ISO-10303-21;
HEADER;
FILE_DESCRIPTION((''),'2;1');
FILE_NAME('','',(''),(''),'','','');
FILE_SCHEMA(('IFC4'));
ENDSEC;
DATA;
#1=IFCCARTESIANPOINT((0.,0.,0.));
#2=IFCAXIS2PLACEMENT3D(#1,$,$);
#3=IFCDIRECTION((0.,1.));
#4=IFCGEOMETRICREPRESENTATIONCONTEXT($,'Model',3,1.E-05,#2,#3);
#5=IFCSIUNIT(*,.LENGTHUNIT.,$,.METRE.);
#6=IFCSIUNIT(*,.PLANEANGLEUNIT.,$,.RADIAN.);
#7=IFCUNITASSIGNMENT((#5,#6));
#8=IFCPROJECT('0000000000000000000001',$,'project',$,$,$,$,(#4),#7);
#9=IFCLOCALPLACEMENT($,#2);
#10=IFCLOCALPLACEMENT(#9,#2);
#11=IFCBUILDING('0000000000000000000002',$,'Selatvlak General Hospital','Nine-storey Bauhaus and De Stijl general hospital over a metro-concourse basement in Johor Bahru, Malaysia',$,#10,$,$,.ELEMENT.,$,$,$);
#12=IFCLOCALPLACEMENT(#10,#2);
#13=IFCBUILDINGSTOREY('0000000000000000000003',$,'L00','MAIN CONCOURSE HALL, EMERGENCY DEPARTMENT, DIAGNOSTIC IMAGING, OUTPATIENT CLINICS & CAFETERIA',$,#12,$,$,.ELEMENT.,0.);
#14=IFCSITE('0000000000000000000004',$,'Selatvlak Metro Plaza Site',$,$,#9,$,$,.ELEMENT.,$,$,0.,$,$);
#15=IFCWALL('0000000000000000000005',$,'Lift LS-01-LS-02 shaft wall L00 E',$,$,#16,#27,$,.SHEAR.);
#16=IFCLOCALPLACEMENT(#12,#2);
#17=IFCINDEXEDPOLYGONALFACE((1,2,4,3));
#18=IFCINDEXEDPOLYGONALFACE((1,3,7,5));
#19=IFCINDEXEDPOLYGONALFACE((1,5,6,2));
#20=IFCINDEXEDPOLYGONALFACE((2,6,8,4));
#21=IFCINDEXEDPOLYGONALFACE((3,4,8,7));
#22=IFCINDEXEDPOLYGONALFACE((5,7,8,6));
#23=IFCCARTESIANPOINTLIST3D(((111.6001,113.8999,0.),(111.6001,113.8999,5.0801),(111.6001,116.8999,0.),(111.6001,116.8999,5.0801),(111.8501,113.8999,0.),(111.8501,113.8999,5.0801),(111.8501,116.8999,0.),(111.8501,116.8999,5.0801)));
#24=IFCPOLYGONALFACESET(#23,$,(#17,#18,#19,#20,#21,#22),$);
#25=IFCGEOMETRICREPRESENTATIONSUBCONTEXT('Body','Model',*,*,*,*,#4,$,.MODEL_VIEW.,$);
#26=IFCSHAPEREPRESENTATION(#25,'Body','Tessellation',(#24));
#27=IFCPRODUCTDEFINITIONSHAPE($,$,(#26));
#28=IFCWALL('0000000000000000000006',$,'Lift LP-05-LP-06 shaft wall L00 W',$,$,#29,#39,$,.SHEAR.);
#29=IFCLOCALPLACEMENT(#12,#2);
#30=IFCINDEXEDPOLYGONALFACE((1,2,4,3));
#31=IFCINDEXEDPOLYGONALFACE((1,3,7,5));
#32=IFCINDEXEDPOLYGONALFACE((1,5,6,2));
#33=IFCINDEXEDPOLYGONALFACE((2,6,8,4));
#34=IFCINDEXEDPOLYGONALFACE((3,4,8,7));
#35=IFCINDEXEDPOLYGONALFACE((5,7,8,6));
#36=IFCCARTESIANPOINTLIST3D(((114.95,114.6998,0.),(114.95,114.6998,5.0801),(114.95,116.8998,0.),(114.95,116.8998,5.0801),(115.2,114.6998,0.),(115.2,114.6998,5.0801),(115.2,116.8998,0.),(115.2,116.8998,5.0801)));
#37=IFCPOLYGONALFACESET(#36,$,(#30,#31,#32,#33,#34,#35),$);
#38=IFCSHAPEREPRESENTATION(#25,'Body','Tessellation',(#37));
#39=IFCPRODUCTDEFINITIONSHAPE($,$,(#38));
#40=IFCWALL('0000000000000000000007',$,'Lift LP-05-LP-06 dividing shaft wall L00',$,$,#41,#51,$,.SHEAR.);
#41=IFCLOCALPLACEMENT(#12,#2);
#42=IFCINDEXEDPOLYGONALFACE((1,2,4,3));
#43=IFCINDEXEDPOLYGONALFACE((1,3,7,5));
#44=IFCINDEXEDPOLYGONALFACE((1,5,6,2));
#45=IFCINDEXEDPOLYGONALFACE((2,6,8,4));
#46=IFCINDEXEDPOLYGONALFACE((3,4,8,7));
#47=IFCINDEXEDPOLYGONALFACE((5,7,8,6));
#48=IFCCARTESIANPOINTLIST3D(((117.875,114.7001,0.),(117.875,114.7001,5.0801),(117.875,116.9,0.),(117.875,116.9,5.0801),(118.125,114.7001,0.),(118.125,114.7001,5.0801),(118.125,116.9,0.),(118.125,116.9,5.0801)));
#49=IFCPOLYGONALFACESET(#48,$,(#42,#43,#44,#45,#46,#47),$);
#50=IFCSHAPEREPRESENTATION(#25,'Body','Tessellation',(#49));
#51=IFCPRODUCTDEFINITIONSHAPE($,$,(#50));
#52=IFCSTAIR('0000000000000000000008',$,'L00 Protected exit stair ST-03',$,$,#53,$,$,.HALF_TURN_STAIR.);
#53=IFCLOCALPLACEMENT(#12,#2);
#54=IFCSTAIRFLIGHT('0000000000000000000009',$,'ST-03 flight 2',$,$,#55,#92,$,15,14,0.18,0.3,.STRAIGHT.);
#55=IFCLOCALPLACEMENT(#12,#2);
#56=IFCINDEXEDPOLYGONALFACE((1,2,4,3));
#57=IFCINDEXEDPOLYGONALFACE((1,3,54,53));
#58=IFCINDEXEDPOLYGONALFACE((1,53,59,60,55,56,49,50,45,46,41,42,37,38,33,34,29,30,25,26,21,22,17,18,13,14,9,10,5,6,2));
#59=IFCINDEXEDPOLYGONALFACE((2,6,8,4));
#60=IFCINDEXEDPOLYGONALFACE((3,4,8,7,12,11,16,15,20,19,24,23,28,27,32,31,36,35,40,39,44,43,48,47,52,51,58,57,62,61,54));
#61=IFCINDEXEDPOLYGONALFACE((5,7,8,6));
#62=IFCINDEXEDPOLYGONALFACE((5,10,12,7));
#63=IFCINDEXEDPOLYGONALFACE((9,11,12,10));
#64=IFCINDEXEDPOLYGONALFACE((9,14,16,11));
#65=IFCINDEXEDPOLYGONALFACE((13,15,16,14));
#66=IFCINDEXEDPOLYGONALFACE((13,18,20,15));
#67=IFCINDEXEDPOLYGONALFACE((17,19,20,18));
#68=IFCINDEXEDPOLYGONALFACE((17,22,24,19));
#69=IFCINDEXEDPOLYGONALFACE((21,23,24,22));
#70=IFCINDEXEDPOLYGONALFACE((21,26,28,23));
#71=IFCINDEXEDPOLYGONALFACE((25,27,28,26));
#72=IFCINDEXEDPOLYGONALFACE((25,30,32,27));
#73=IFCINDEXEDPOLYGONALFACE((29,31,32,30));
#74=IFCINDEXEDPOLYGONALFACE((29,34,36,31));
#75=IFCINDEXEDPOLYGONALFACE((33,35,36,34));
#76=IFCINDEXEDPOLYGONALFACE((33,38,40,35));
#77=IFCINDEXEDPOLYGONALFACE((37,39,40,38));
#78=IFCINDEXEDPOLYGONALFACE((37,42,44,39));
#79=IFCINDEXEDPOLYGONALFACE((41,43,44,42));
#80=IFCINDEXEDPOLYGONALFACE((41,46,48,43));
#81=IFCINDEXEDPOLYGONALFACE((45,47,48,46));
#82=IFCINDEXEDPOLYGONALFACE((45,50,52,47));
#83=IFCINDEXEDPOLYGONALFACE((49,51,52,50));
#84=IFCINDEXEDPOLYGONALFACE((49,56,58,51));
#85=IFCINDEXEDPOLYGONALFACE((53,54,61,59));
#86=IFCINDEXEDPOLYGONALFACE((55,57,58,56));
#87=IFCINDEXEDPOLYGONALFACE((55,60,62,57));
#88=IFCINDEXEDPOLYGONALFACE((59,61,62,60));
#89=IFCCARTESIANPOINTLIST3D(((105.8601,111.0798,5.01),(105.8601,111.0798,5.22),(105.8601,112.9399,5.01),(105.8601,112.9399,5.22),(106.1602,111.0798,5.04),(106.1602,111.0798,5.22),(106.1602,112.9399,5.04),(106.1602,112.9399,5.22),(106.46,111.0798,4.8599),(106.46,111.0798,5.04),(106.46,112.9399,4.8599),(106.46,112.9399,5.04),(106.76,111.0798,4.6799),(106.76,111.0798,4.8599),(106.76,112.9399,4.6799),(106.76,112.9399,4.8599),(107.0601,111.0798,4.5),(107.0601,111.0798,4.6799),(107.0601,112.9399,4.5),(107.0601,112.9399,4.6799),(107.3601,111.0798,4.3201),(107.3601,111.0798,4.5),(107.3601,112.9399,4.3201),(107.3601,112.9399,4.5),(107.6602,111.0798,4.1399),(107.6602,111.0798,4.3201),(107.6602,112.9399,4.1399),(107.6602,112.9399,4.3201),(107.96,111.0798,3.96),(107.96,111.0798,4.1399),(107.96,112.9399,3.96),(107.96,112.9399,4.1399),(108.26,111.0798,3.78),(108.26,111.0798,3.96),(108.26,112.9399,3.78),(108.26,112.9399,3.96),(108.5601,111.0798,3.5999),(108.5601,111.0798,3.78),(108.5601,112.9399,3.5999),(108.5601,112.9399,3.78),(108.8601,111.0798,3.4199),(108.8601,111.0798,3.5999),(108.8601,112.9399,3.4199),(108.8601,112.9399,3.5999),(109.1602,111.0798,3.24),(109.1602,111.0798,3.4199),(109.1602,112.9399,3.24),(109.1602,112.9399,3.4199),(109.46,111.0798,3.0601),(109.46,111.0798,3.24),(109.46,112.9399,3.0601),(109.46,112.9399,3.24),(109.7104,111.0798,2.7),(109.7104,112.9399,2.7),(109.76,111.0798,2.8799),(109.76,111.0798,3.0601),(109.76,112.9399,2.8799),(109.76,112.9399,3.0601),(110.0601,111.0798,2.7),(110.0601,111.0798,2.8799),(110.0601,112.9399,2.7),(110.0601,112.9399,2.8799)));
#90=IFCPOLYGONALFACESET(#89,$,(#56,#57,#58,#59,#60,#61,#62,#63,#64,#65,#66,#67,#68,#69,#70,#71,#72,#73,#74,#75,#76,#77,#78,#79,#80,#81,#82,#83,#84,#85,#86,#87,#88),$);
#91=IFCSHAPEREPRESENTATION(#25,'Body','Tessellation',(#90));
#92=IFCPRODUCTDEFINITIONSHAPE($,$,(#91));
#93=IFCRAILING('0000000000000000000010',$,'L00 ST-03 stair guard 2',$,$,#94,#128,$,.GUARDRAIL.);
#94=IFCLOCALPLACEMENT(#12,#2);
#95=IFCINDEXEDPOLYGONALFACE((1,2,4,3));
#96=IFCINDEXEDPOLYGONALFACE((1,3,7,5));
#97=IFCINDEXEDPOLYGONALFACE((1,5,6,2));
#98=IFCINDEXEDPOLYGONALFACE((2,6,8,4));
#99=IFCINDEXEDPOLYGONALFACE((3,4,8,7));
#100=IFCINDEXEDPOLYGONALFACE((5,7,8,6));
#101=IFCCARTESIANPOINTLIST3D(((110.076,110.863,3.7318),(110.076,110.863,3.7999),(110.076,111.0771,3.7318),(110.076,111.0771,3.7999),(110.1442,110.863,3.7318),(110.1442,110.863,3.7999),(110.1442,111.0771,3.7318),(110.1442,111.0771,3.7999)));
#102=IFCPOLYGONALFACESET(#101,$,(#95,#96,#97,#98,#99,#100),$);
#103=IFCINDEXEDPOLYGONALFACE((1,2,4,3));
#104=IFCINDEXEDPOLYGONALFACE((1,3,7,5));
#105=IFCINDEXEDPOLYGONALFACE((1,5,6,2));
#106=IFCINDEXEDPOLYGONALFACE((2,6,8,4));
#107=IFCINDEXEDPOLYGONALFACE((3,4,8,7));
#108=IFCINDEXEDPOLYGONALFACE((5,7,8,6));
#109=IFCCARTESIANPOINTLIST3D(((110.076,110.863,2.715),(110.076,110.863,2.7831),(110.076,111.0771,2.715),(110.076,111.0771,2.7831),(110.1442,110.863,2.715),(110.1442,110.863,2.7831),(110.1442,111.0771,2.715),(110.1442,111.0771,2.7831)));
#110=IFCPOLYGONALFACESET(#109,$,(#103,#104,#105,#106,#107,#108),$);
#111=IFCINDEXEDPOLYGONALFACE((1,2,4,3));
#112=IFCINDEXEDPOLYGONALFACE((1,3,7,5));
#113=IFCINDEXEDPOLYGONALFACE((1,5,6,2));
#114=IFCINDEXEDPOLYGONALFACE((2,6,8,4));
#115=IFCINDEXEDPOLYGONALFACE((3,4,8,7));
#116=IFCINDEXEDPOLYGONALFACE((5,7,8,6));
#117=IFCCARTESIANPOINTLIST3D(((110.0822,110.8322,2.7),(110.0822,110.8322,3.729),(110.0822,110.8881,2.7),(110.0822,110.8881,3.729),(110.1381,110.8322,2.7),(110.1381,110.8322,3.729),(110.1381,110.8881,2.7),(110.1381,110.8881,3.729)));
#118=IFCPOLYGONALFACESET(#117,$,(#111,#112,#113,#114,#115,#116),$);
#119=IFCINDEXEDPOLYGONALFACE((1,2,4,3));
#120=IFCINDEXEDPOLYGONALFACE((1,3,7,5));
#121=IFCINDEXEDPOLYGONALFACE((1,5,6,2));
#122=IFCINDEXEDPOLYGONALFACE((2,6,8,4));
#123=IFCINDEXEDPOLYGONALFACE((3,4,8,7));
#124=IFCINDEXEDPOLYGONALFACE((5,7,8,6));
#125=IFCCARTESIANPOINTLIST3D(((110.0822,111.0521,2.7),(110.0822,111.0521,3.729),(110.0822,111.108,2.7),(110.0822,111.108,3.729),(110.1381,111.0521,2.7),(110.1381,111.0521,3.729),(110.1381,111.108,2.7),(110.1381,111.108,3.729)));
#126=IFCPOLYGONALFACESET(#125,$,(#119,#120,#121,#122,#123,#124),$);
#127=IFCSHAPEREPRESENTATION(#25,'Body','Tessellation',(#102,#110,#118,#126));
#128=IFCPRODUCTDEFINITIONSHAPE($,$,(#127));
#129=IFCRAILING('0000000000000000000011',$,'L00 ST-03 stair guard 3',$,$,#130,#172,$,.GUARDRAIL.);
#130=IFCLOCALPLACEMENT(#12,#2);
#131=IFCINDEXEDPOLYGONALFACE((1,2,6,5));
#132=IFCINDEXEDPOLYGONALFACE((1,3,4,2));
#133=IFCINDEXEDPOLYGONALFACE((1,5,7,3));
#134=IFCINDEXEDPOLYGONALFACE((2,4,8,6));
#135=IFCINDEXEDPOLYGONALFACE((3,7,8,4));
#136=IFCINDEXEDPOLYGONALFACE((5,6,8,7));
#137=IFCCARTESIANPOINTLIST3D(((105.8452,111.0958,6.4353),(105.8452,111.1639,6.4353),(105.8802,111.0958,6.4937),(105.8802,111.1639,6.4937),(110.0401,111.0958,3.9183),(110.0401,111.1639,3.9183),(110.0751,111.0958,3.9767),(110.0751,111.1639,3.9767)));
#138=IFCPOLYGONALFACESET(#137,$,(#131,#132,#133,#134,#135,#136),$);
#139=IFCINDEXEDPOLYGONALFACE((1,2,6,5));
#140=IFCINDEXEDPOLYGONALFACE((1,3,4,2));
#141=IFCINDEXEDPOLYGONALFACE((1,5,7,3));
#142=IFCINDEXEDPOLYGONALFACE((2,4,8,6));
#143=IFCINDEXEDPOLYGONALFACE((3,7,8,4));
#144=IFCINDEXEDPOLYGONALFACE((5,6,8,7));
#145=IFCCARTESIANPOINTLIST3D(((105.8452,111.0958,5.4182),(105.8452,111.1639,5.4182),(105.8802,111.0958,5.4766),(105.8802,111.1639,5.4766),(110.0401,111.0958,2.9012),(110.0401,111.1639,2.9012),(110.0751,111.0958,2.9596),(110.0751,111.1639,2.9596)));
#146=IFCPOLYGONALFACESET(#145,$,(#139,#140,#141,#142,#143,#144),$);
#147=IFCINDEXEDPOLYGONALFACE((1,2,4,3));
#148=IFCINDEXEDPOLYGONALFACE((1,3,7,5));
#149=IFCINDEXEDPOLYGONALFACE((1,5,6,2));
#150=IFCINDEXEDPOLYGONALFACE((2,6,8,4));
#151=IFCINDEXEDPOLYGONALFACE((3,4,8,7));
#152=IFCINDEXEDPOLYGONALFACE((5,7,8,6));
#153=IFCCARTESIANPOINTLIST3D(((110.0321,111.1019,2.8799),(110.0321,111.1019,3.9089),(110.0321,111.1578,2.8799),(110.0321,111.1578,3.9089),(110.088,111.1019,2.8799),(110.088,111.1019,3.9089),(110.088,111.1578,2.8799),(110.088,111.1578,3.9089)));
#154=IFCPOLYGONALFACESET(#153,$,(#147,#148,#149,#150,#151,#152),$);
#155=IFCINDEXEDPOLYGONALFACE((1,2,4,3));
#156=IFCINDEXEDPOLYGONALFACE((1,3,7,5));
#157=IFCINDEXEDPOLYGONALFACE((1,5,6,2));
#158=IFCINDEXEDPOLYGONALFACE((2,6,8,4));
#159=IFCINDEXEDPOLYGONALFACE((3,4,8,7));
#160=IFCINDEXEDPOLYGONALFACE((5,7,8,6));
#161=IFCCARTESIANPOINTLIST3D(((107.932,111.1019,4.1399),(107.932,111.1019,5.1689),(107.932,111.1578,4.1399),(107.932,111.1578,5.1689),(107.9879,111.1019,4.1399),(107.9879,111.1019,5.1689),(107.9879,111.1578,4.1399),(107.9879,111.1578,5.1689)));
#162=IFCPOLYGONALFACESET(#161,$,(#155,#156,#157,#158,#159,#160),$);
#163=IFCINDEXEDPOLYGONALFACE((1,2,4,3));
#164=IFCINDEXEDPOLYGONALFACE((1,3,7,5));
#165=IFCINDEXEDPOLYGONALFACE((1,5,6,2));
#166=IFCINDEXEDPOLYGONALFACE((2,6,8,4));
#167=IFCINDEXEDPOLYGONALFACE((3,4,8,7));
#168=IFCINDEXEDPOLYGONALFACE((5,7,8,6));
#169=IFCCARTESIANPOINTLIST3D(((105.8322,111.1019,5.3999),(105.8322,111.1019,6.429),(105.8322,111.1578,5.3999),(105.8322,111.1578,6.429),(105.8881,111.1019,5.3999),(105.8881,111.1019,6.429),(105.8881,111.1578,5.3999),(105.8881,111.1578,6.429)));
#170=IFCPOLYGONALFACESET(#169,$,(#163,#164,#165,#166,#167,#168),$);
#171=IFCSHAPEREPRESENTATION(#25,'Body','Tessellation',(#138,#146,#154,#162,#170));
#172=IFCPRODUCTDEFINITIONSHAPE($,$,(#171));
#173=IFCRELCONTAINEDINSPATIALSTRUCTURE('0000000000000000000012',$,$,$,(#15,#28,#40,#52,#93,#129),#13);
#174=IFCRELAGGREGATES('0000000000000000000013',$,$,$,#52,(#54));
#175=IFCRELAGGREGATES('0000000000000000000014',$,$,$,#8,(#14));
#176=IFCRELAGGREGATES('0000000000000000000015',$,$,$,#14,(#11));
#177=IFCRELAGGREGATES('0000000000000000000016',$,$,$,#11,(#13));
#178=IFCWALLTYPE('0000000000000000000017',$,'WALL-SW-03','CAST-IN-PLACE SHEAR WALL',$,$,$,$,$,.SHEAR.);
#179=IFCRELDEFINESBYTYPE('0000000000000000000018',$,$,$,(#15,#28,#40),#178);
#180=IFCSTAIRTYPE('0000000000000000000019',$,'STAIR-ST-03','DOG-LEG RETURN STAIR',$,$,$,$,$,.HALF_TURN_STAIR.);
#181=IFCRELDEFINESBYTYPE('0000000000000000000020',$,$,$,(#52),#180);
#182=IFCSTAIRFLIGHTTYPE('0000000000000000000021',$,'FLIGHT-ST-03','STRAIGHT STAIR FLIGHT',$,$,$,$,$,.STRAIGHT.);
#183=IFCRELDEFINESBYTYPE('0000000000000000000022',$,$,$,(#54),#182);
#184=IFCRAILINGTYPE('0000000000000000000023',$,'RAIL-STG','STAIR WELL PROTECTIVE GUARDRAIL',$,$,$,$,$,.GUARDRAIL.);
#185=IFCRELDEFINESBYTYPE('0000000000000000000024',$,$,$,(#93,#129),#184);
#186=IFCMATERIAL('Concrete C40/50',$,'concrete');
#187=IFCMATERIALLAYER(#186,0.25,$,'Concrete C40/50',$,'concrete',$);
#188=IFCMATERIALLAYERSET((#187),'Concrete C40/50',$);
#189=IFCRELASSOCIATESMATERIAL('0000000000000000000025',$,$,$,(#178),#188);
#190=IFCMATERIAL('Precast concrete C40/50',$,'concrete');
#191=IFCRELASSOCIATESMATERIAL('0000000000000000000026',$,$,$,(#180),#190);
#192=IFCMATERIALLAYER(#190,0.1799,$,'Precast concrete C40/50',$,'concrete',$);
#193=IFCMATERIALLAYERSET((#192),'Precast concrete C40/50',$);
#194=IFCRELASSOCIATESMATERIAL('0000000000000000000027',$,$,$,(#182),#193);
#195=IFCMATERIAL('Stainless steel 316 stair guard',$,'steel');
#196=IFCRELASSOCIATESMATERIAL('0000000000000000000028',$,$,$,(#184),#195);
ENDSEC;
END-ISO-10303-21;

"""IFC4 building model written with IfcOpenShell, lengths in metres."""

from ifc_helpers import new_model, si_unit, direction, frame, frame_2d, origin, origin_2d, place, context, subcontext, project, spatial, polyline, rectangle, outline, extrude, material, layer, layer_set, type_object, element, aggregate, save


model = new_model("IFC4")

# Units and contexts
model_context = context("Model", 3, precision=1e-05, world=origin(), true_north=direction((0.0, 1.0)))
body_context = subcontext(model_context, "Body", "Model", "MODEL_VIEW")
ifc_project = project(units=[si_unit("LENGTHUNIT", "METRE"), si_unit("PLANEANGLEUNIT", "RADIAN")], contexts=[model_context])

# Site, building, storey
site_placement = place(None, origin())
site = spatial("IfcSite", under=ifc_project, at=site_placement, Name="Selatvlak Metro Plaza Site", CompositionType="ELEMENT", RefElevation=0.0)
building_placement = place(site_placement, origin())
building = spatial("IfcBuilding", under=site, at=building_placement, Name="Selatvlak General Hospital", Description="Nine-storey Bauhaus and De Stijl general hospital over a metro-concourse basement in Johor Bahru, Malaysia", CompositionType="ELEMENT")
storey_placement = place(building_placement, origin())
storey = spatial("IfcBuildingStorey", under=building, at=storey_placement, Name="L00", Description="MAIN CONCOURSE HALL, EMERGENCY DEPARTMENT, DIAGNOSTIC IMAGING, OUTPATIENT CLINICS & CAFETERIA", CompositionType="ELEMENT", Elevation=0.0)

# Shared definitions
ifc_material_1 = material(Name="Concrete C40/50", Category="concrete")

# Wall
ifc_layer_1 = layer(ifc_material_1, 0.25, Name="Concrete C40/50", Category="concrete")
ifc_layer_set_1 = layer_set([ifc_layer_1], Name="Concrete C40/50")
wall_type_1 = type_object("IfcWallType", Name="WALL-SW-03", Description="CAST-IN-PLACE SHEAR WALL", PredefinedType="SHEAR", material=ifc_layer_set_1)
wall_1_placement = place(storey_placement, frame((111.7251, 113.8999, 0.0), z_axis=(0.0, 0.0, 1.0), x_axis=(0.0, 1.0, 0.0)))
element("IfcWall", 1, at=wall_1_placement, inside=storey, type_object=wall_type_1, Name="Lift LS-01-LS-02 shaft wall L00 E", PredefinedType="SHEAR", context=body_context, shape_type="SweptSolid", body=[
    extrude(rectangle(XDim=3.0, YDim=0.25, at=frame_2d((1.5, 0.0))), origin(), (0.0, 0.0, 1.0), 5.0801),
])

# Walls
for number, where, z_axis, x_axis, name in (
    (2, (115.075, 116.8999, 0.0), (0.0, 0.0, 1.0), (0.0, -1.0, 0.0), "Lift LP-05-LP-06 shaft wall L00 W"),
    (3, (118.0, 114.7, 0.0), (0.0, 0.0, 1.0), (0.0, 1.0, 0.0), "Lift LP-05-LP-06 dividing shaft wall L00"),
):
    element("IfcWall", number, at=place(storey_placement, frame(where, z_axis=z_axis, x_axis=x_axis)), inside=storey, type_object=wall_type_1, Name=name, PredefinedType="SHEAR", context=body_context, shape_type="SweptSolid", body=[
        extrude(rectangle(XDim=2.2, YDim=0.25, at=frame_2d((1.1001, 0.0))), origin(), (0.0, 0.0, 1.0), 5.0801),
    ])

# Stair, stair flight
ifc_material_2 = material(Name="Precast concrete C40/50", Category="concrete")
stair_type = type_object("IfcStairType", Name="STAIR-ST-03", Description="DOG-LEG RETURN STAIR", PredefinedType="HALF_TURN_STAIR", material=ifc_material_2)
stair_placement = place(storey_placement, origin())
stair = element("IfcStair", 4, at=stair_placement, inside=storey, type_object=stair_type, Name="L00 Protected exit stair ST-03", PredefinedType="HALF_TURN_STAIR")
ifc_layer_2 = layer(ifc_material_2, 0.1799, Name="Precast concrete C40/50", Category="concrete")
ifc_layer_set_2 = layer_set([ifc_layer_2], Name="Precast concrete C40/50")
stair_flight_type = type_object("IfcStairFlightType", Name="FLIGHT-ST-03", Description="STRAIGHT STAIR FLIGHT", PredefinedType="STRAIGHT", material=ifc_layer_set_2)
stair_flight_placement = place(storey_placement, frame((110.0601, 112.01, 2.7), z_axis=(0.0, 0.0, 1.0), x_axis=(-1.0, 0.0, 0.0)))
stair_flight = element("IfcStairFlight", 5, at=stair_flight_placement, type_object=stair_flight_type, Name="ST-03 flight 2", NumberOfRisers=15, NumberOfTreads=14, PredefinedType="STRAIGHT", RiserHeight=0.18, TreadLength=0.3, context=body_context, shape_type="SweptSolid", body=[
    extrude(outline(polyline([(0.0, 0.0), (0.0, 0.1799), (0.3, 0.1799), (0.3, 0.3601), (0.6001, 0.3601), (0.6001, 0.54), (0.8999, 0.54), (0.8999, 0.72), (1.2, 0.72), (1.2, 0.8999), (1.5, 0.8999), (1.5, 1.0801), (1.8, 1.0801), (1.8, 1.26), (2.1001, 1.26), (2.1001, 1.4399), (2.3999, 1.4399), (2.3999, 1.6201), (2.7, 1.6201), (2.7, 1.8), (3.0, 1.8), (3.0, 1.98), (3.3, 1.98), (3.3, 2.1599), (3.6001, 2.1599), (3.6001, 2.3401), (3.8999, 2.3401), (3.8999, 2.52), (4.2, 2.52), (4.2, 2.7), (4.2, 2.3101), (0.3496, 0.0), (0.0, 0.0)])), frame((0.0, 0.9302, 0.0), z_axis=(0.0, -1.0, 0.0), x_axis=(1.0, 0.0, 0.0)), (0.0, 0.0, 1.0), 1.8601),
])
aggregate(stair, [stair_flight])

# Railings
ifc_material_3 = material(Name="Stainless steel 316 stair guard", Category="steel")
railing_type_1 = type_object("IfcRailingType", Name="RAIL-STG", Description="STAIR WELL PROTECTIVE GUARDRAIL", PredefinedType="GUARDRAIL", material=ifc_material_3)
railing_1_placement = place(storey_placement, frame((110.1101, 110.8601, 2.7)))
element("IfcRailing", 6, at=railing_1_placement, inside=storey, type_object=railing_type_1, Name="L00 ST-03 stair guard 2", PredefinedType="GUARDRAIL", context=body_context, shape_type="SweptSolid", body=[
    extrude(rectangle(XDim=0.0681, YDim=0.0681, at=origin_2d()), frame((0.0, 0.0029, 1.0659), z_axis=(0.0, 1.0, 0.0), x_axis=(-1.0, 0.0, 0.0)), (0.0, 0.0, 1.0), 0.2141),
    extrude(rectangle(XDim=0.0681, YDim=0.0681, at=origin_2d()), frame((0.0, 0.0029, 0.0491), z_axis=(0.0, 1.0, 0.0), x_axis=(-1.0, 0.0, 0.0)), (0.0, 0.0, 1.0), 0.2141),
    extrude(rectangle(XDim=0.0559, YDim=0.0559, at=origin_2d()), origin(), (0.0, 0.0, 1.0), 1.0291),
    extrude(rectangle(XDim=0.0559, YDim=0.0559, at=origin_2d()), frame((0.0, 0.22, 0.0)), (0.0, 0.0, 1.0), 1.0291),
])
railing_2_placement = place(storey_placement, frame((110.0601, 111.1299, 2.8799)))
element("IfcRailing", 7, at=railing_2_placement, inside=storey, type_object=railing_type_1, Name="L00 ST-03 stair guard 3", PredefinedType="GUARDRAIL", context=body_context, shape_type="SweptSolid", body=[
    extrude(rectangle(XDim=0.0681, YDim=0.0681, at=origin_2d()), frame((-0.0024, 0.0, 1.0676), z_axis=(-0.857489, 0.0, 0.514503), x_axis=(0.0, -1.0, 0.0)), (0.0, 0.0, 1.0), 4.8921),
    extrude(rectangle(XDim=0.0681, YDim=0.0681, at=origin_2d()), frame((-0.0024, 0.0, 0.0505), z_axis=(-0.857489, 0.0, 0.514503), x_axis=(0.0, -1.0, 0.0)), (0.0, 0.0, 1.0), 4.8921),
    extrude(rectangle(XDim=0.0559, YDim=0.0559, at=origin_2d()), origin(), (0.0, 0.0, 1.0), 1.0291),
    extrude(rectangle(XDim=0.0559, YDim=0.0559, at=origin_2d()), frame((-2.1001, 0.0, 1.26)), (0.0, 0.0, 1.0), 1.0291),
    extrude(rectangle(XDim=0.0559, YDim=0.0559, at=origin_2d()), frame((-4.2, 0.0, 2.52)), (0.0, 0.0, 1.0), 1.0291),
])

save(model, "model.ifc")
